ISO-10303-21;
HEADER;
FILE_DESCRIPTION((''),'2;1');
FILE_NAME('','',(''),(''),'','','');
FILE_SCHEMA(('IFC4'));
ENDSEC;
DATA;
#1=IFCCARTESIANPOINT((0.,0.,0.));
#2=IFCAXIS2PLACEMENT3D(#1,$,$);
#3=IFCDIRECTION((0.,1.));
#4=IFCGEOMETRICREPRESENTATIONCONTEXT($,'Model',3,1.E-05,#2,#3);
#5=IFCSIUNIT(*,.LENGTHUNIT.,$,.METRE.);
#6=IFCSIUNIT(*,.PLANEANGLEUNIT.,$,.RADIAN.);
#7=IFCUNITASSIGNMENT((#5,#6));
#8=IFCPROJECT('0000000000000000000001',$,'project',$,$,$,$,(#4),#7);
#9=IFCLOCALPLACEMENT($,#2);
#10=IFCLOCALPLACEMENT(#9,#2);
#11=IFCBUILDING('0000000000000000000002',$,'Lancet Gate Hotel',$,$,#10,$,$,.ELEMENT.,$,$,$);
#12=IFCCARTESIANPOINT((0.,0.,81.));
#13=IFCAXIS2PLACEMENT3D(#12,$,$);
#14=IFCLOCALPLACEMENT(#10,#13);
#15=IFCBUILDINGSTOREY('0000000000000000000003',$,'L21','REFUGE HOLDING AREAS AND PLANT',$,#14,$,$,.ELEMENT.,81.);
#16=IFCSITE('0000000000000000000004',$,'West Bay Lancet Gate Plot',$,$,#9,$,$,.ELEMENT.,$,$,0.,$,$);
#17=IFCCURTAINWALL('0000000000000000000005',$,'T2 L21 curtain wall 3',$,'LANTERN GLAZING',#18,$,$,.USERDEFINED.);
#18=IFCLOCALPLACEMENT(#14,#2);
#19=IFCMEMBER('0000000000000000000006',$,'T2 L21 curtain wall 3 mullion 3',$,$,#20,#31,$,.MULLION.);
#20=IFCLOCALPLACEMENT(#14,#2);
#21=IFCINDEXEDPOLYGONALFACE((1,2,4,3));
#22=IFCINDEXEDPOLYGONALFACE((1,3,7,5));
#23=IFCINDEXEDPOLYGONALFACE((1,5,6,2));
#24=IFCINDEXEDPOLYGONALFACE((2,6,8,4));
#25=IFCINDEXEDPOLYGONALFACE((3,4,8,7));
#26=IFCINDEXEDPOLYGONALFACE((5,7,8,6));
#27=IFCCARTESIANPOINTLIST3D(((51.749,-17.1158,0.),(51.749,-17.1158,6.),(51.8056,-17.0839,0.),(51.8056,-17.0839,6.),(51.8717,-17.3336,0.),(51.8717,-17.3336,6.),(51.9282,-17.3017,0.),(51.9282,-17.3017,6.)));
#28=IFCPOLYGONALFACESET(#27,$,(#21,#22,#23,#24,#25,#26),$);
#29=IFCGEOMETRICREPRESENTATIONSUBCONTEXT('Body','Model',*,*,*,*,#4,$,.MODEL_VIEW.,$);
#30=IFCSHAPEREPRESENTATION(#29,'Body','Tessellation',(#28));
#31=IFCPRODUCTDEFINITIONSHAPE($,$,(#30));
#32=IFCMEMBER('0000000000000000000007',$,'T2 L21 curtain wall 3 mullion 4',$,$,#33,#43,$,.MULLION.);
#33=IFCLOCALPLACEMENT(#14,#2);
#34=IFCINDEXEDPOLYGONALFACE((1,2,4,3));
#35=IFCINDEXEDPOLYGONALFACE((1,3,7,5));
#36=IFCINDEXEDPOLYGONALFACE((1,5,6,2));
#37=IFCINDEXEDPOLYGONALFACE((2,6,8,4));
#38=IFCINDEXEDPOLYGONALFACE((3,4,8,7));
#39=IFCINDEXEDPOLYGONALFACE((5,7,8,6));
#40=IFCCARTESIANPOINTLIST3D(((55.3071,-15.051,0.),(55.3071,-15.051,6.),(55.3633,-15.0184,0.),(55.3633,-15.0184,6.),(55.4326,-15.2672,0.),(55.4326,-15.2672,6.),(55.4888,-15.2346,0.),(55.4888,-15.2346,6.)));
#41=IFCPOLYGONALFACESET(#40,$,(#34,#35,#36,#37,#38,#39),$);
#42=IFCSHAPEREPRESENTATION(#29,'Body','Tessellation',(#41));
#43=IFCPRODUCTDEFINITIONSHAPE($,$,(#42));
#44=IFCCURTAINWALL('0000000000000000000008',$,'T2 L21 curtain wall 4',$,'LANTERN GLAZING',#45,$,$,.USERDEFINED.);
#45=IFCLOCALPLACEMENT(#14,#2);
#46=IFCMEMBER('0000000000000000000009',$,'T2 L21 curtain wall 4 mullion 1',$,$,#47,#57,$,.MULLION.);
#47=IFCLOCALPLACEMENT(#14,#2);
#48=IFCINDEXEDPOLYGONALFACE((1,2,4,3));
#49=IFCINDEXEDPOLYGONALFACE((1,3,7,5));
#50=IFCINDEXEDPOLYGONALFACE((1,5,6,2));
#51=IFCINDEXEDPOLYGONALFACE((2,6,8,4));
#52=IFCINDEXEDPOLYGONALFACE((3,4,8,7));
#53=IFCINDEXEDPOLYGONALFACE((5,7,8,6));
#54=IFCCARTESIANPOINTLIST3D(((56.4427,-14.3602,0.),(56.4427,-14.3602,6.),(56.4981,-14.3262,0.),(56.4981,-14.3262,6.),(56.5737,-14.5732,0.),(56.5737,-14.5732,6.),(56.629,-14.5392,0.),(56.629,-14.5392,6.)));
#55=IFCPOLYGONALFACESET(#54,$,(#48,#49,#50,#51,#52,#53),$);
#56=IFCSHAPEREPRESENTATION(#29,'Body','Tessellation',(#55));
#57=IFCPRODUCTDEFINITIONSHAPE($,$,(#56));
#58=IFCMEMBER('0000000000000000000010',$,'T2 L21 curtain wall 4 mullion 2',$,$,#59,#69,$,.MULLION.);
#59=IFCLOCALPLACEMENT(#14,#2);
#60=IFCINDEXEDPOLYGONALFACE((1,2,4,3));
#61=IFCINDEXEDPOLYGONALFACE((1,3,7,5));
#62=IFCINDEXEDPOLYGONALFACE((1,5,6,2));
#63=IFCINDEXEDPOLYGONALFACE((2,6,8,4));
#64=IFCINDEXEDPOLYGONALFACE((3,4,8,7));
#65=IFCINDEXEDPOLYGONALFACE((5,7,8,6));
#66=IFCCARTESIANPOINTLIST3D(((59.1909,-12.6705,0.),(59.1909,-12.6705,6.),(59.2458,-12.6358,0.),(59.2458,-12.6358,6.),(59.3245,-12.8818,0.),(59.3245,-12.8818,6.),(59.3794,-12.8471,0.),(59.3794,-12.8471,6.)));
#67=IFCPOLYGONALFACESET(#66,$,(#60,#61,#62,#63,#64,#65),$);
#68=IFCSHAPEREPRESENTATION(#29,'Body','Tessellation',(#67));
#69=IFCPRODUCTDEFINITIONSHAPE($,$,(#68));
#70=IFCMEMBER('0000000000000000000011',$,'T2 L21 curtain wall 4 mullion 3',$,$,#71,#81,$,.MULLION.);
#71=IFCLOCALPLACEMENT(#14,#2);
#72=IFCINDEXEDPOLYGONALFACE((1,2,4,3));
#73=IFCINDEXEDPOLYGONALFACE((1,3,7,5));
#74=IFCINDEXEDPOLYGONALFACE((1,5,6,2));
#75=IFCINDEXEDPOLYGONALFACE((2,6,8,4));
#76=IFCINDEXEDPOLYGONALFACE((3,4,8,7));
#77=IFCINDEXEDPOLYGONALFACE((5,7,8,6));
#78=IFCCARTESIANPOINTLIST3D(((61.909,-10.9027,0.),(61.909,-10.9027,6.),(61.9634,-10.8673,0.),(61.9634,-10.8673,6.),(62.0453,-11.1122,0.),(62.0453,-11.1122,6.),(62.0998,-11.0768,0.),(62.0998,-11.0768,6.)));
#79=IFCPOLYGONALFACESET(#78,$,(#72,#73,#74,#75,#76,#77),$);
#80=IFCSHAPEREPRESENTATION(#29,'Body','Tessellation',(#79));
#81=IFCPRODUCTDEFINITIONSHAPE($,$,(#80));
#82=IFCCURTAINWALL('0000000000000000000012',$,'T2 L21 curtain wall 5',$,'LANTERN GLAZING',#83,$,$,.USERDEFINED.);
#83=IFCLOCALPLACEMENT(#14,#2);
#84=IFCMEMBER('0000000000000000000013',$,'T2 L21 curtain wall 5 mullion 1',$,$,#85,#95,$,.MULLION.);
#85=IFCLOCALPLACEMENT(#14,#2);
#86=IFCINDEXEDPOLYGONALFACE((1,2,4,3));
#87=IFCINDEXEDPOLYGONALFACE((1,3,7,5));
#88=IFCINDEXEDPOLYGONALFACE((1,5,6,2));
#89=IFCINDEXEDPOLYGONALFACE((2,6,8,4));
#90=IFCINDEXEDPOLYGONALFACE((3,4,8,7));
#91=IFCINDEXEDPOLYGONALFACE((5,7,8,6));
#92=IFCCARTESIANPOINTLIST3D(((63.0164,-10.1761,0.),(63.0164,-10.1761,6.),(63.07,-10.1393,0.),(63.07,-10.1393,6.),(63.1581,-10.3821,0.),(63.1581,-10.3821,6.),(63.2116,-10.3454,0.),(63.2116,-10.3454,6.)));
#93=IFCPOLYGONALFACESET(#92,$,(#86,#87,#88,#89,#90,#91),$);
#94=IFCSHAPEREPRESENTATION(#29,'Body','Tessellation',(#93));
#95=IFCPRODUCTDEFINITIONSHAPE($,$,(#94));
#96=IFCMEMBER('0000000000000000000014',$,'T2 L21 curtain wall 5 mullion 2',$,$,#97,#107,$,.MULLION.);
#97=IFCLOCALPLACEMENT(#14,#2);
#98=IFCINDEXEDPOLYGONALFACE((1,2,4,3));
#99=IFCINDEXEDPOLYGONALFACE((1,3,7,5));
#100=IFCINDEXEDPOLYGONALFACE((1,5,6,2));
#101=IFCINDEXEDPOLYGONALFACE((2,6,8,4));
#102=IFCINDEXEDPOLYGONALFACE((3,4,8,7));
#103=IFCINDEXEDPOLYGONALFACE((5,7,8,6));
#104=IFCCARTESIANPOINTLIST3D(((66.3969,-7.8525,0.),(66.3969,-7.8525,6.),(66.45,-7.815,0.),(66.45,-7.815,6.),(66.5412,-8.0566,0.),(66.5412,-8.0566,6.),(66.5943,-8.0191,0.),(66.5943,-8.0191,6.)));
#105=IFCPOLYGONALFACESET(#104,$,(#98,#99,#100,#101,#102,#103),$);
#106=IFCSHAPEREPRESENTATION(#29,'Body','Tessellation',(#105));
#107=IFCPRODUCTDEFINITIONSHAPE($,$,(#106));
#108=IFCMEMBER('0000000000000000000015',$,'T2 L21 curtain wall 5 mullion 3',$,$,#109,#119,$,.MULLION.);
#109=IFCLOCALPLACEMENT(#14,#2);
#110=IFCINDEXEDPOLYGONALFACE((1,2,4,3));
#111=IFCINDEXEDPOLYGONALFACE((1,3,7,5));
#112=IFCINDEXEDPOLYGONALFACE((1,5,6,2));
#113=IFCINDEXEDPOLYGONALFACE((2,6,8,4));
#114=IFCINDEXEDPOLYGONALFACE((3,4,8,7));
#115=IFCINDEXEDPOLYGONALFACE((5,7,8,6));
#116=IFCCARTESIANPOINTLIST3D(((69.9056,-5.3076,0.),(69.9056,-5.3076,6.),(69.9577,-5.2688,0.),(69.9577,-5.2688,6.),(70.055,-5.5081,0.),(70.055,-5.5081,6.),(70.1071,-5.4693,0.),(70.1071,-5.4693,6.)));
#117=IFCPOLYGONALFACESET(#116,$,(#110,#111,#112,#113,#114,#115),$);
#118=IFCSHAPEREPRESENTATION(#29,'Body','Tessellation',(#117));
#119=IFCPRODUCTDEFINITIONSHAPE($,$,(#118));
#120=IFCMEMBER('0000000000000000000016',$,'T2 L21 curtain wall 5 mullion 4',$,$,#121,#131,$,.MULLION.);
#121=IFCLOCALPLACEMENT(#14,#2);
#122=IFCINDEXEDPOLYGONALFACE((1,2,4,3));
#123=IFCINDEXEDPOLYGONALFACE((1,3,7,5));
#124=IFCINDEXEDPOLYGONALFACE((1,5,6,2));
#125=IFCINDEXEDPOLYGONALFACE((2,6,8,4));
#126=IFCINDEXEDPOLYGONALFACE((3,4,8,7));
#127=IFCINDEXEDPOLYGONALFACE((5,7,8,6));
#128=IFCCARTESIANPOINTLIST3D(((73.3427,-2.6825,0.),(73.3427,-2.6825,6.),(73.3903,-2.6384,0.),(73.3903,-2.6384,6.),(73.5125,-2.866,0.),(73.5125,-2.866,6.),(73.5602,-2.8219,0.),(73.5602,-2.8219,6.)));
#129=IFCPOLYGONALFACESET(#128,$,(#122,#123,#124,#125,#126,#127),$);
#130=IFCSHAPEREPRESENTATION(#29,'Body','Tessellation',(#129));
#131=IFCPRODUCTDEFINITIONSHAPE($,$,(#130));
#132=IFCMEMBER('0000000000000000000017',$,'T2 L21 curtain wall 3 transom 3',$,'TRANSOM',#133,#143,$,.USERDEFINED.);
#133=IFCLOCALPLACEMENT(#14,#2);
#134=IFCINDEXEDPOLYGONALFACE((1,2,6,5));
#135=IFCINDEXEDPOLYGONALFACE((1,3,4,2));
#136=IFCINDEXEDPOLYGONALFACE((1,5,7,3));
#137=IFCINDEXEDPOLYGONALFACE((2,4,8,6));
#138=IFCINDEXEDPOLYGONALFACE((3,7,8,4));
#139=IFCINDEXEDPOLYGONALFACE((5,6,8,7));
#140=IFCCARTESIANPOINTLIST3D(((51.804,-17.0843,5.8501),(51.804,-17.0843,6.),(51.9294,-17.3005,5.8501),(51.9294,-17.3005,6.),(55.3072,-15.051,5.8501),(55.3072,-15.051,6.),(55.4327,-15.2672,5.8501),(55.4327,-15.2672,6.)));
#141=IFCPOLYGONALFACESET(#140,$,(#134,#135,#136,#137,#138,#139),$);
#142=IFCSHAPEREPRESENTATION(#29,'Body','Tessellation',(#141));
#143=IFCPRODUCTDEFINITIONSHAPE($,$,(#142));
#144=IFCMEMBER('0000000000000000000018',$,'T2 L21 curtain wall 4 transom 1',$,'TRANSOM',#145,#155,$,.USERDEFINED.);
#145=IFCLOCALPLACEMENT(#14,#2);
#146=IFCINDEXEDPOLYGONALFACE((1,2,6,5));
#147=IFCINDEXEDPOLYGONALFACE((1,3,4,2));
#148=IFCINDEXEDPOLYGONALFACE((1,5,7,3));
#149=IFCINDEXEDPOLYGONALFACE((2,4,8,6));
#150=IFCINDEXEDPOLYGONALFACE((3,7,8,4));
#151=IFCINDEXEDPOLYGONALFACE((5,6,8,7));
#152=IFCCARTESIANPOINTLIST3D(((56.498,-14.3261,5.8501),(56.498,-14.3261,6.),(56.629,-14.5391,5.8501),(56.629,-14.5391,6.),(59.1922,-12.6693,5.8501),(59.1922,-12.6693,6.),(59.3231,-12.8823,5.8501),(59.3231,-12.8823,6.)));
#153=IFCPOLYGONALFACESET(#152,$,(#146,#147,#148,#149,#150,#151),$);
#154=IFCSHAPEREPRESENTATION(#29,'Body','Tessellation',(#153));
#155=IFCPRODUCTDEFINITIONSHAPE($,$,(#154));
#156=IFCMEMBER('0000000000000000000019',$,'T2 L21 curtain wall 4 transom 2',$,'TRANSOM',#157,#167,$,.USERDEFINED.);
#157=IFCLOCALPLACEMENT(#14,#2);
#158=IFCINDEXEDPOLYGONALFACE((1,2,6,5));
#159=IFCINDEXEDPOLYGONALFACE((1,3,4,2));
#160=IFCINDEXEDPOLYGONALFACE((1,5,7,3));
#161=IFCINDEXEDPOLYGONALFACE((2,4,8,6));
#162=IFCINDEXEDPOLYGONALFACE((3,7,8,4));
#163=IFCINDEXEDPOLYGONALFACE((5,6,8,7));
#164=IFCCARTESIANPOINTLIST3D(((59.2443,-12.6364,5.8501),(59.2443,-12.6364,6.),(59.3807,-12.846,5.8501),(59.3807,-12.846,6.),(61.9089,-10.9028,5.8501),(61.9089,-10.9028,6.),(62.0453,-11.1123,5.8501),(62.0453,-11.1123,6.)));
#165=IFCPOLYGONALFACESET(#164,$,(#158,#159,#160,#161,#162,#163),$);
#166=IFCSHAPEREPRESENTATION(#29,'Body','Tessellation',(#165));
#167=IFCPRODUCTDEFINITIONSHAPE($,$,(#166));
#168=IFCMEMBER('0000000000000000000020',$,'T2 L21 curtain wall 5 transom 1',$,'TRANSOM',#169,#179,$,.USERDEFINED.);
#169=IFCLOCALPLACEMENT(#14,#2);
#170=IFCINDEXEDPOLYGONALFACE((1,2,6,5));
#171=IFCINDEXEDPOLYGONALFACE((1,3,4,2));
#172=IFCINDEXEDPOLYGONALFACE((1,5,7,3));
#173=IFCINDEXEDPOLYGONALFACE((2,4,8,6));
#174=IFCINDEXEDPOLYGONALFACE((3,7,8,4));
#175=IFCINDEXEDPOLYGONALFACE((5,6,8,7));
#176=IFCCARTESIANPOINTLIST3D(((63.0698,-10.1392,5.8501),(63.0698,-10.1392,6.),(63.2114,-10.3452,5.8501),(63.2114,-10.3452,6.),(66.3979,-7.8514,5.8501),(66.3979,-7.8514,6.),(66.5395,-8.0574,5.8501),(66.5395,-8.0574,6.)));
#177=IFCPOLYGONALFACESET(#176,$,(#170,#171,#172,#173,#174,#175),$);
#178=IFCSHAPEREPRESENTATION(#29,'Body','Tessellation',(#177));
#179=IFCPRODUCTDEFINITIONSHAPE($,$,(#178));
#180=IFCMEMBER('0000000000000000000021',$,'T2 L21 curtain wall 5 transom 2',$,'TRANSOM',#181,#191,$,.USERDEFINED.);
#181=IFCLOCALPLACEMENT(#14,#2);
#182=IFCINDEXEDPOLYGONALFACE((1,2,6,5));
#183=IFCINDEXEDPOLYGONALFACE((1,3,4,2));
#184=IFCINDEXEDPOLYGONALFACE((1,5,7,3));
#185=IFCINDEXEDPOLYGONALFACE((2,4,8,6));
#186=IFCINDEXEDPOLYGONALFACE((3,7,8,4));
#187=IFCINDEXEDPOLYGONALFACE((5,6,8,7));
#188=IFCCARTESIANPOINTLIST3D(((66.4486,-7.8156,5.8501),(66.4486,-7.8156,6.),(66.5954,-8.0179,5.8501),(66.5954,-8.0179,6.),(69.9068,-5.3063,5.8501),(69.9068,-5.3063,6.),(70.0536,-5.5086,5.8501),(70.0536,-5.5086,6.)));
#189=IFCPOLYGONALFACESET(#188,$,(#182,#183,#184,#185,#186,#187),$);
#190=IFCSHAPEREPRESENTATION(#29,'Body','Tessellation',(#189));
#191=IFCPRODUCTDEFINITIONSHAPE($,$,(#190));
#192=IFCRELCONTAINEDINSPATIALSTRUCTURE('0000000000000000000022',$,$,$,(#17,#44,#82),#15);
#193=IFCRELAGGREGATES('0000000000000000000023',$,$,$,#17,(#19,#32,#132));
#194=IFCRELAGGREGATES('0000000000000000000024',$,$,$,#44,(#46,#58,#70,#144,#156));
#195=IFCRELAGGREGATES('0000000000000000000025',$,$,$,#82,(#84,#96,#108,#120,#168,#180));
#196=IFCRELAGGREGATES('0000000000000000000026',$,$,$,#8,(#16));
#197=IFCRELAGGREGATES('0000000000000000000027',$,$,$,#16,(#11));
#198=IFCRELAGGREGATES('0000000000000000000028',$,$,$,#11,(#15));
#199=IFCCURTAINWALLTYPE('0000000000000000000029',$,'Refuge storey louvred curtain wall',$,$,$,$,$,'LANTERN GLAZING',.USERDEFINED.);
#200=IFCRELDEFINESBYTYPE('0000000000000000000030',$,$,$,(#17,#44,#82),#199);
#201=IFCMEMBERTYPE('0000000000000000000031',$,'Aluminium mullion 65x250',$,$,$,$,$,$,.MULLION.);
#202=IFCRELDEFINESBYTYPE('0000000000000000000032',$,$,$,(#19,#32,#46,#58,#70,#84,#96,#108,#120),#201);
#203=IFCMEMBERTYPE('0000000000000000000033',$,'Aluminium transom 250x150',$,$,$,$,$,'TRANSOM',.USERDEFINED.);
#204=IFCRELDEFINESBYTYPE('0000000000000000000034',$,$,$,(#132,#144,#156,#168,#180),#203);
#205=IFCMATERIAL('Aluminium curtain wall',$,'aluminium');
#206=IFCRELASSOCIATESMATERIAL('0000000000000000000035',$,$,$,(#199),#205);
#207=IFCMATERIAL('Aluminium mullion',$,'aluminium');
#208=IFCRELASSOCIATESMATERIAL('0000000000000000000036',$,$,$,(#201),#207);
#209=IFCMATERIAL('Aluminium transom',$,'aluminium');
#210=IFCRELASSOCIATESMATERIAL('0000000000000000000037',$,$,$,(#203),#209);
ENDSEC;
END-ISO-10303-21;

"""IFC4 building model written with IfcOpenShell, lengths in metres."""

from ifc_helpers import new_model, si_unit, direction, frame, origin, origin_2d, place, context, subcontext, project, spatial, rectangle, extrude, material, material_profile, profile_set, type_object, element, aggregate, save


model = new_model("IFC4")

# Units and contexts
model_context = context("Model", 3, precision=1e-05, world=origin(), true_north=direction((0.0, 1.0)))
body_context = subcontext(model_context, "Body", "Model", "MODEL_VIEW")
ifc_project = project(units=[si_unit("LENGTHUNIT", "METRE"), si_unit("PLANEANGLEUNIT", "RADIAN")], contexts=[model_context])

# Site, building, storey
site_placement = place(None, origin())
site = spatial("IfcSite", under=ifc_project, at=site_placement, Name="West Bay Lancet Gate Plot", CompositionType="ELEMENT", RefElevation=0.0)
building_placement = place(site_placement, origin())
building = spatial("IfcBuilding", under=site, at=building_placement, Name="Lancet Gate Hotel", CompositionType="ELEMENT")
storey_placement = place(building_placement, frame((0.0, 0.0, 81.0)))
storey = spatial("IfcBuildingStorey", under=building, at=storey_placement, Name="L21", Description="REFUGE HOLDING AREAS AND PLANT", CompositionType="ELEMENT", Elevation=81.0)

# Curtain walls, members
ifc_material_1 = material(Name="Aluminium curtain wall", Category="aluminium")
curtain_wall_type = type_object("IfcCurtainWallType", Name="Refuge storey louvred curtain wall", ElementType="LANTERN GLAZING", PredefinedType="USERDEFINED", material=ifc_material_1)
curtain_wall_1_placement = place(storey_placement, origin())
curtain_wall_1 = element("IfcCurtainWall", 1, at=curtain_wall_1_placement, inside=storey, type_object=curtain_wall_type, Name="T2 L21 curtain wall 3", ObjectType="LANTERN GLAZING", PredefinedType="USERDEFINED")
ifc_material_2 = material(Name="Aluminium mullion", Category="aluminium")
ifc_material_profile_1 = material_profile(ifc_material_2, rectangle(XDim=0.0649, YDim=0.25, at=origin_2d()), Name="MULLION 65x250")
ifc_profile_set_1 = profile_set([ifc_material_profile_1], Name="Aluminium mullion")
member_type_1 = type_object("IfcMemberType", Name="Aluminium mullion 65x250", PredefinedType="MULLION", material=ifc_profile_set_1)
member_1_placement = place(storey_placement, frame((51.8386, -17.2087, 0.0), z_axis=(0.0, 0.0, 1.0), x_axis=(0.871355, 0.490654, 0.0)))
member_1 = element("IfcMember", 2, at=member_1_placement, type_object=member_type_1, Name="T2 L21 curtain wall 3 mullion 3", PredefinedType="MULLION", context=body_context, shape_type="SweptSolid", body=[
    extrude(rectangle(XDim=0.0649, YDim=0.25, at=origin_2d()), origin(), (0.0, 0.0, 1.0), 6.0),
])
member_2_placement = place(storey_placement, frame((55.3979, -15.1428, 0.0), z_axis=(0.0, 0.0, 1.0), x_axis=(0.864872, 0.501993, 0.0)))
member_2 = element("IfcMember", 3, at=member_2_placement, type_object=member_type_1, Name="T2 L21 curtain wall 3 mullion 4", PredefinedType="MULLION", context=body_context, shape_type="SweptSolid", body=[
    extrude(rectangle(XDim=0.0649, YDim=0.25, at=origin_2d()), origin(), (0.0, 0.0, 1.0), 6.0),
])
curtain_wall_2_placement = place(storey_placement, origin())
curtain_wall_2 = element("IfcCurtainWall", 4, at=curtain_wall_2_placement, inside=storey, type_object=curtain_wall_type, Name="T2 L21 curtain wall 4", ObjectType="LANTERN GLAZING", PredefinedType="USERDEFINED")
member_3_placement = place(storey_placement, frame((56.5359, -14.4497, 0.0), z_axis=(0.0, 0.0, 1.0), x_axis=(0.851815, 0.523842, 0.0)))
member_3 = element("IfcMember", 5, at=member_3_placement, type_object=member_type_1, Name="T2 L21 curtain wall 4 mullion 1", PredefinedType="MULLION", context=body_context, shape_type="SweptSolid", body=[
    extrude(rectangle(XDim=0.0649, YDim=0.25, at=origin_2d()), origin(), (0.0, 0.0, 1.0), 6.0),
])
member_4_placement = place(storey_placement, frame((59.2852, -12.7588, 0.0), z_axis=(0.0, 0.0, 1.0), x_axis=(0.845062, 0.534668, 0.0)))
member_4 = element("IfcMember", 6, at=member_4_placement, type_object=member_type_1, Name="T2 L21 curtain wall 4 mullion 2", PredefinedType="MULLION", context=body_context, shape_type="SweptSolid", body=[
    extrude(rectangle(XDim=0.0649, YDim=0.25, at=origin_2d()), origin(), (0.0, 0.0, 1.0), 6.0),
])
member_5_placement = place(storey_placement, frame((62.0044, -10.9897, 0.0), z_axis=(0.0, 0.0, 1.0), x_axis=(0.838207, 0.545353, 0.0)))
member_5 = element("IfcMember", 7, at=member_5_placement, type_object=member_type_1, Name="T2 L21 curtain wall 4 mullion 3", PredefinedType="MULLION", context=body_context, shape_type="SweptSolid", body=[
    extrude(rectangle(XDim=0.0649, YDim=0.25, at=origin_2d()), origin(), (0.0, 0.0, 1.0), 6.0),
])
curtain_wall_3_placement = place(storey_placement, origin())
curtain_wall_3 = element("IfcCurtainWall", 8, at=curtain_wall_3_placement, inside=storey, type_object=curtain_wall_type, Name="T2 L21 curtain wall 5", ObjectType="LANTERN GLAZING", PredefinedType="USERDEFINED")
member_6_placement = place(storey_placement, frame((63.114, -10.2607, 0.0), z_axis=(0.0, 0.0, 1.0), x_axis=(0.824055, 0.566509, 0.0)))
member_6 = element("IfcMember", 9, at=member_6_placement, type_object=member_type_1, Name="T2 L21 curtain wall 5 mullion 1", PredefinedType="MULLION", context=body_context, shape_type="SweptSolid", body=[
    extrude(rectangle(XDim=0.0649, YDim=0.25, at=origin_2d()), origin(), (0.0, 0.0, 1.0), 6.0),
])
member_7_placement = place(storey_placement, frame((66.4956, -7.9358, 0.0), z_axis=(0.0, 0.0, 1.0), x_axis=(0.816575, 0.577239, 0.0)))
member_7 = element("IfcMember", 10, at=member_7_placement, type_object=member_type_1, Name="T2 L21 curtain wall 5 mullion 2", PredefinedType="MULLION", context=body_context, shape_type="SweptSolid", body=[
    extrude(rectangle(XDim=0.0649, YDim=0.25, at=origin_2d()), origin(), (0.0, 0.0, 1.0), 6.0),
])
member_8_placement = place(storey_placement, frame((70.0063, -5.3884, 0.0), z_axis=(0.0, 0.0, 1.0), x_axis=(0.80183, 0.597552, 0.0)))
member_8 = element("IfcMember", 11, at=member_8_placement, type_object=member_type_1, Name="T2 L21 curtain wall 5 mullion 3", PredefinedType="MULLION", context=body_context, shape_type="SweptSolid", body=[
    extrude(rectangle(XDim=0.0649, YDim=0.25, at=origin_2d()), origin(), (0.0, 0.0, 1.0), 6.0),
])
member_9_placement = place(storey_placement, frame((73.4514, -2.7522, 0.0), z_axis=(0.0, 0.0, 1.0), x_axis=(0.73379, 0.679377, 0.0)))
member_9 = element("IfcMember", 12, at=member_9_placement, type_object=member_type_1, Name="T2 L21 curtain wall 5 mullion 4", PredefinedType="MULLION", context=body_context, shape_type="SweptSolid", body=[
    extrude(rectangle(XDim=0.0649, YDim=0.25, at=origin_2d()), origin(), (0.0, 0.0, 1.0), 6.0),
])

# Members
ifc_material_3 = material(Name="Aluminium transom", Category="aluminium")
ifc_material_profile_2 = material_profile(ifc_material_3, rectangle(XDim=0.25, YDim=0.1499, at=origin_2d()), Name="TRANSOM 250x150")
ifc_profile_set_2 = profile_set([ifc_material_profile_2], Name="Aluminium transom")
member_type_2 = type_object("IfcMemberType", Name="Aluminium transom 250x150", ElementType="TRANSOM", PredefinedType="USERDEFINED", material=ifc_profile_set_2)
member_10_placement = place(storey_placement, frame((51.8667, -17.1924, 5.925), z_axis=(0.864885, 0.50197, 0.0), x_axis=(-0.50197, 0.864885, 0.0)))
member_10 = element("IfcMember", 13, at=member_10_placement, type_object=member_type_2, Name="T2 L21 curtain wall 3 transom 3", ObjectType="TRANSOM", PredefinedType="USERDEFINED", context=body_context, shape_type="SweptSolid", body=[
    extrude(rectangle(XDim=0.25, YDim=0.1499, at=origin_2d()), origin(), (0.0, 0.0, 1.0), 4.0505),
])
member_11_placement = place(storey_placement, frame((56.5635, -14.4326, 5.925), z_axis=(0.851823, 0.52383, 0.0), x_axis=(-0.52383, 0.851823, 0.0)))
member_11 = element("IfcMember", 14, at=member_11_placement, type_object=member_type_2, Name="T2 L21 curtain wall 4 transom 1", ObjectType="TRANSOM", PredefinedType="USERDEFINED", context=body_context, shape_type="SweptSolid", body=[
    extrude(rectangle(XDim=0.25, YDim=0.1499, at=origin_2d()), origin(), (0.0, 0.0, 1.0), 3.1628),
])
member_12_placement = place(storey_placement, frame((59.3125, -12.7412, 5.925), z_axis=(0.838201, 0.545361, 0.0), x_axis=(-0.545361, 0.838201, 0.0)))
member_12 = element("IfcMember", 15, at=member_12_placement, type_object=member_type_2, Name="T2 L21 curtain wall 4 transom 2", ObjectType="TRANSOM", PredefinedType="USERDEFINED", context=body_context, shape_type="SweptSolid", body=[
    extrude(rectangle(XDim=0.25, YDim=0.1499, at=origin_2d()), origin(), (0.0, 0.0, 1.0), 3.179),
])
member_13_placement = place(storey_placement, frame((63.1406, -10.2422, 5.925), z_axis=(0.82407, 0.566488, 0.0), x_axis=(-0.566488, 0.82407, 0.0)))
member_13 = element("IfcMember", 16, at=member_13_placement, type_object=member_type_2, Name="T2 L21 curtain wall 5 transom 1", ObjectType="TRANSOM", PredefinedType="USERDEFINED", context=body_context, shape_type="SweptSolid", body=[
    extrude(rectangle(XDim=0.25, YDim=0.1499, at=origin_2d()), origin(), (0.0, 0.0, 1.0), 4.0386),
])
member_14_placement = place(storey_placement, frame((66.522, -7.9167, 5.925), z_axis=(0.809383, 0.587281, 0.0), x_axis=(-0.587281, 0.809383, 0.0)))
member_14 = element("IfcMember", 17, at=member_14_placement, type_object=member_type_2, Name="T2 L21 curtain wall 5 transom 2", ObjectType="TRANSOM", PredefinedType="USERDEFINED", context=body_context, shape_type="SweptSolid", body=[
    extrude(rectangle(XDim=0.25, YDim=0.1499, at=origin_2d()), origin(), (0.0, 0.0, 1.0), 4.2727),
])

aggregate(curtain_wall_1, [member_1, member_2, member_10])
aggregate(curtain_wall_2, [member_3, member_4, member_5, member_11, member_12])
aggregate(curtain_wall_3, [member_6, member_7, member_8, member_9, member_13, member_14])

save(model, "model.ifc")
